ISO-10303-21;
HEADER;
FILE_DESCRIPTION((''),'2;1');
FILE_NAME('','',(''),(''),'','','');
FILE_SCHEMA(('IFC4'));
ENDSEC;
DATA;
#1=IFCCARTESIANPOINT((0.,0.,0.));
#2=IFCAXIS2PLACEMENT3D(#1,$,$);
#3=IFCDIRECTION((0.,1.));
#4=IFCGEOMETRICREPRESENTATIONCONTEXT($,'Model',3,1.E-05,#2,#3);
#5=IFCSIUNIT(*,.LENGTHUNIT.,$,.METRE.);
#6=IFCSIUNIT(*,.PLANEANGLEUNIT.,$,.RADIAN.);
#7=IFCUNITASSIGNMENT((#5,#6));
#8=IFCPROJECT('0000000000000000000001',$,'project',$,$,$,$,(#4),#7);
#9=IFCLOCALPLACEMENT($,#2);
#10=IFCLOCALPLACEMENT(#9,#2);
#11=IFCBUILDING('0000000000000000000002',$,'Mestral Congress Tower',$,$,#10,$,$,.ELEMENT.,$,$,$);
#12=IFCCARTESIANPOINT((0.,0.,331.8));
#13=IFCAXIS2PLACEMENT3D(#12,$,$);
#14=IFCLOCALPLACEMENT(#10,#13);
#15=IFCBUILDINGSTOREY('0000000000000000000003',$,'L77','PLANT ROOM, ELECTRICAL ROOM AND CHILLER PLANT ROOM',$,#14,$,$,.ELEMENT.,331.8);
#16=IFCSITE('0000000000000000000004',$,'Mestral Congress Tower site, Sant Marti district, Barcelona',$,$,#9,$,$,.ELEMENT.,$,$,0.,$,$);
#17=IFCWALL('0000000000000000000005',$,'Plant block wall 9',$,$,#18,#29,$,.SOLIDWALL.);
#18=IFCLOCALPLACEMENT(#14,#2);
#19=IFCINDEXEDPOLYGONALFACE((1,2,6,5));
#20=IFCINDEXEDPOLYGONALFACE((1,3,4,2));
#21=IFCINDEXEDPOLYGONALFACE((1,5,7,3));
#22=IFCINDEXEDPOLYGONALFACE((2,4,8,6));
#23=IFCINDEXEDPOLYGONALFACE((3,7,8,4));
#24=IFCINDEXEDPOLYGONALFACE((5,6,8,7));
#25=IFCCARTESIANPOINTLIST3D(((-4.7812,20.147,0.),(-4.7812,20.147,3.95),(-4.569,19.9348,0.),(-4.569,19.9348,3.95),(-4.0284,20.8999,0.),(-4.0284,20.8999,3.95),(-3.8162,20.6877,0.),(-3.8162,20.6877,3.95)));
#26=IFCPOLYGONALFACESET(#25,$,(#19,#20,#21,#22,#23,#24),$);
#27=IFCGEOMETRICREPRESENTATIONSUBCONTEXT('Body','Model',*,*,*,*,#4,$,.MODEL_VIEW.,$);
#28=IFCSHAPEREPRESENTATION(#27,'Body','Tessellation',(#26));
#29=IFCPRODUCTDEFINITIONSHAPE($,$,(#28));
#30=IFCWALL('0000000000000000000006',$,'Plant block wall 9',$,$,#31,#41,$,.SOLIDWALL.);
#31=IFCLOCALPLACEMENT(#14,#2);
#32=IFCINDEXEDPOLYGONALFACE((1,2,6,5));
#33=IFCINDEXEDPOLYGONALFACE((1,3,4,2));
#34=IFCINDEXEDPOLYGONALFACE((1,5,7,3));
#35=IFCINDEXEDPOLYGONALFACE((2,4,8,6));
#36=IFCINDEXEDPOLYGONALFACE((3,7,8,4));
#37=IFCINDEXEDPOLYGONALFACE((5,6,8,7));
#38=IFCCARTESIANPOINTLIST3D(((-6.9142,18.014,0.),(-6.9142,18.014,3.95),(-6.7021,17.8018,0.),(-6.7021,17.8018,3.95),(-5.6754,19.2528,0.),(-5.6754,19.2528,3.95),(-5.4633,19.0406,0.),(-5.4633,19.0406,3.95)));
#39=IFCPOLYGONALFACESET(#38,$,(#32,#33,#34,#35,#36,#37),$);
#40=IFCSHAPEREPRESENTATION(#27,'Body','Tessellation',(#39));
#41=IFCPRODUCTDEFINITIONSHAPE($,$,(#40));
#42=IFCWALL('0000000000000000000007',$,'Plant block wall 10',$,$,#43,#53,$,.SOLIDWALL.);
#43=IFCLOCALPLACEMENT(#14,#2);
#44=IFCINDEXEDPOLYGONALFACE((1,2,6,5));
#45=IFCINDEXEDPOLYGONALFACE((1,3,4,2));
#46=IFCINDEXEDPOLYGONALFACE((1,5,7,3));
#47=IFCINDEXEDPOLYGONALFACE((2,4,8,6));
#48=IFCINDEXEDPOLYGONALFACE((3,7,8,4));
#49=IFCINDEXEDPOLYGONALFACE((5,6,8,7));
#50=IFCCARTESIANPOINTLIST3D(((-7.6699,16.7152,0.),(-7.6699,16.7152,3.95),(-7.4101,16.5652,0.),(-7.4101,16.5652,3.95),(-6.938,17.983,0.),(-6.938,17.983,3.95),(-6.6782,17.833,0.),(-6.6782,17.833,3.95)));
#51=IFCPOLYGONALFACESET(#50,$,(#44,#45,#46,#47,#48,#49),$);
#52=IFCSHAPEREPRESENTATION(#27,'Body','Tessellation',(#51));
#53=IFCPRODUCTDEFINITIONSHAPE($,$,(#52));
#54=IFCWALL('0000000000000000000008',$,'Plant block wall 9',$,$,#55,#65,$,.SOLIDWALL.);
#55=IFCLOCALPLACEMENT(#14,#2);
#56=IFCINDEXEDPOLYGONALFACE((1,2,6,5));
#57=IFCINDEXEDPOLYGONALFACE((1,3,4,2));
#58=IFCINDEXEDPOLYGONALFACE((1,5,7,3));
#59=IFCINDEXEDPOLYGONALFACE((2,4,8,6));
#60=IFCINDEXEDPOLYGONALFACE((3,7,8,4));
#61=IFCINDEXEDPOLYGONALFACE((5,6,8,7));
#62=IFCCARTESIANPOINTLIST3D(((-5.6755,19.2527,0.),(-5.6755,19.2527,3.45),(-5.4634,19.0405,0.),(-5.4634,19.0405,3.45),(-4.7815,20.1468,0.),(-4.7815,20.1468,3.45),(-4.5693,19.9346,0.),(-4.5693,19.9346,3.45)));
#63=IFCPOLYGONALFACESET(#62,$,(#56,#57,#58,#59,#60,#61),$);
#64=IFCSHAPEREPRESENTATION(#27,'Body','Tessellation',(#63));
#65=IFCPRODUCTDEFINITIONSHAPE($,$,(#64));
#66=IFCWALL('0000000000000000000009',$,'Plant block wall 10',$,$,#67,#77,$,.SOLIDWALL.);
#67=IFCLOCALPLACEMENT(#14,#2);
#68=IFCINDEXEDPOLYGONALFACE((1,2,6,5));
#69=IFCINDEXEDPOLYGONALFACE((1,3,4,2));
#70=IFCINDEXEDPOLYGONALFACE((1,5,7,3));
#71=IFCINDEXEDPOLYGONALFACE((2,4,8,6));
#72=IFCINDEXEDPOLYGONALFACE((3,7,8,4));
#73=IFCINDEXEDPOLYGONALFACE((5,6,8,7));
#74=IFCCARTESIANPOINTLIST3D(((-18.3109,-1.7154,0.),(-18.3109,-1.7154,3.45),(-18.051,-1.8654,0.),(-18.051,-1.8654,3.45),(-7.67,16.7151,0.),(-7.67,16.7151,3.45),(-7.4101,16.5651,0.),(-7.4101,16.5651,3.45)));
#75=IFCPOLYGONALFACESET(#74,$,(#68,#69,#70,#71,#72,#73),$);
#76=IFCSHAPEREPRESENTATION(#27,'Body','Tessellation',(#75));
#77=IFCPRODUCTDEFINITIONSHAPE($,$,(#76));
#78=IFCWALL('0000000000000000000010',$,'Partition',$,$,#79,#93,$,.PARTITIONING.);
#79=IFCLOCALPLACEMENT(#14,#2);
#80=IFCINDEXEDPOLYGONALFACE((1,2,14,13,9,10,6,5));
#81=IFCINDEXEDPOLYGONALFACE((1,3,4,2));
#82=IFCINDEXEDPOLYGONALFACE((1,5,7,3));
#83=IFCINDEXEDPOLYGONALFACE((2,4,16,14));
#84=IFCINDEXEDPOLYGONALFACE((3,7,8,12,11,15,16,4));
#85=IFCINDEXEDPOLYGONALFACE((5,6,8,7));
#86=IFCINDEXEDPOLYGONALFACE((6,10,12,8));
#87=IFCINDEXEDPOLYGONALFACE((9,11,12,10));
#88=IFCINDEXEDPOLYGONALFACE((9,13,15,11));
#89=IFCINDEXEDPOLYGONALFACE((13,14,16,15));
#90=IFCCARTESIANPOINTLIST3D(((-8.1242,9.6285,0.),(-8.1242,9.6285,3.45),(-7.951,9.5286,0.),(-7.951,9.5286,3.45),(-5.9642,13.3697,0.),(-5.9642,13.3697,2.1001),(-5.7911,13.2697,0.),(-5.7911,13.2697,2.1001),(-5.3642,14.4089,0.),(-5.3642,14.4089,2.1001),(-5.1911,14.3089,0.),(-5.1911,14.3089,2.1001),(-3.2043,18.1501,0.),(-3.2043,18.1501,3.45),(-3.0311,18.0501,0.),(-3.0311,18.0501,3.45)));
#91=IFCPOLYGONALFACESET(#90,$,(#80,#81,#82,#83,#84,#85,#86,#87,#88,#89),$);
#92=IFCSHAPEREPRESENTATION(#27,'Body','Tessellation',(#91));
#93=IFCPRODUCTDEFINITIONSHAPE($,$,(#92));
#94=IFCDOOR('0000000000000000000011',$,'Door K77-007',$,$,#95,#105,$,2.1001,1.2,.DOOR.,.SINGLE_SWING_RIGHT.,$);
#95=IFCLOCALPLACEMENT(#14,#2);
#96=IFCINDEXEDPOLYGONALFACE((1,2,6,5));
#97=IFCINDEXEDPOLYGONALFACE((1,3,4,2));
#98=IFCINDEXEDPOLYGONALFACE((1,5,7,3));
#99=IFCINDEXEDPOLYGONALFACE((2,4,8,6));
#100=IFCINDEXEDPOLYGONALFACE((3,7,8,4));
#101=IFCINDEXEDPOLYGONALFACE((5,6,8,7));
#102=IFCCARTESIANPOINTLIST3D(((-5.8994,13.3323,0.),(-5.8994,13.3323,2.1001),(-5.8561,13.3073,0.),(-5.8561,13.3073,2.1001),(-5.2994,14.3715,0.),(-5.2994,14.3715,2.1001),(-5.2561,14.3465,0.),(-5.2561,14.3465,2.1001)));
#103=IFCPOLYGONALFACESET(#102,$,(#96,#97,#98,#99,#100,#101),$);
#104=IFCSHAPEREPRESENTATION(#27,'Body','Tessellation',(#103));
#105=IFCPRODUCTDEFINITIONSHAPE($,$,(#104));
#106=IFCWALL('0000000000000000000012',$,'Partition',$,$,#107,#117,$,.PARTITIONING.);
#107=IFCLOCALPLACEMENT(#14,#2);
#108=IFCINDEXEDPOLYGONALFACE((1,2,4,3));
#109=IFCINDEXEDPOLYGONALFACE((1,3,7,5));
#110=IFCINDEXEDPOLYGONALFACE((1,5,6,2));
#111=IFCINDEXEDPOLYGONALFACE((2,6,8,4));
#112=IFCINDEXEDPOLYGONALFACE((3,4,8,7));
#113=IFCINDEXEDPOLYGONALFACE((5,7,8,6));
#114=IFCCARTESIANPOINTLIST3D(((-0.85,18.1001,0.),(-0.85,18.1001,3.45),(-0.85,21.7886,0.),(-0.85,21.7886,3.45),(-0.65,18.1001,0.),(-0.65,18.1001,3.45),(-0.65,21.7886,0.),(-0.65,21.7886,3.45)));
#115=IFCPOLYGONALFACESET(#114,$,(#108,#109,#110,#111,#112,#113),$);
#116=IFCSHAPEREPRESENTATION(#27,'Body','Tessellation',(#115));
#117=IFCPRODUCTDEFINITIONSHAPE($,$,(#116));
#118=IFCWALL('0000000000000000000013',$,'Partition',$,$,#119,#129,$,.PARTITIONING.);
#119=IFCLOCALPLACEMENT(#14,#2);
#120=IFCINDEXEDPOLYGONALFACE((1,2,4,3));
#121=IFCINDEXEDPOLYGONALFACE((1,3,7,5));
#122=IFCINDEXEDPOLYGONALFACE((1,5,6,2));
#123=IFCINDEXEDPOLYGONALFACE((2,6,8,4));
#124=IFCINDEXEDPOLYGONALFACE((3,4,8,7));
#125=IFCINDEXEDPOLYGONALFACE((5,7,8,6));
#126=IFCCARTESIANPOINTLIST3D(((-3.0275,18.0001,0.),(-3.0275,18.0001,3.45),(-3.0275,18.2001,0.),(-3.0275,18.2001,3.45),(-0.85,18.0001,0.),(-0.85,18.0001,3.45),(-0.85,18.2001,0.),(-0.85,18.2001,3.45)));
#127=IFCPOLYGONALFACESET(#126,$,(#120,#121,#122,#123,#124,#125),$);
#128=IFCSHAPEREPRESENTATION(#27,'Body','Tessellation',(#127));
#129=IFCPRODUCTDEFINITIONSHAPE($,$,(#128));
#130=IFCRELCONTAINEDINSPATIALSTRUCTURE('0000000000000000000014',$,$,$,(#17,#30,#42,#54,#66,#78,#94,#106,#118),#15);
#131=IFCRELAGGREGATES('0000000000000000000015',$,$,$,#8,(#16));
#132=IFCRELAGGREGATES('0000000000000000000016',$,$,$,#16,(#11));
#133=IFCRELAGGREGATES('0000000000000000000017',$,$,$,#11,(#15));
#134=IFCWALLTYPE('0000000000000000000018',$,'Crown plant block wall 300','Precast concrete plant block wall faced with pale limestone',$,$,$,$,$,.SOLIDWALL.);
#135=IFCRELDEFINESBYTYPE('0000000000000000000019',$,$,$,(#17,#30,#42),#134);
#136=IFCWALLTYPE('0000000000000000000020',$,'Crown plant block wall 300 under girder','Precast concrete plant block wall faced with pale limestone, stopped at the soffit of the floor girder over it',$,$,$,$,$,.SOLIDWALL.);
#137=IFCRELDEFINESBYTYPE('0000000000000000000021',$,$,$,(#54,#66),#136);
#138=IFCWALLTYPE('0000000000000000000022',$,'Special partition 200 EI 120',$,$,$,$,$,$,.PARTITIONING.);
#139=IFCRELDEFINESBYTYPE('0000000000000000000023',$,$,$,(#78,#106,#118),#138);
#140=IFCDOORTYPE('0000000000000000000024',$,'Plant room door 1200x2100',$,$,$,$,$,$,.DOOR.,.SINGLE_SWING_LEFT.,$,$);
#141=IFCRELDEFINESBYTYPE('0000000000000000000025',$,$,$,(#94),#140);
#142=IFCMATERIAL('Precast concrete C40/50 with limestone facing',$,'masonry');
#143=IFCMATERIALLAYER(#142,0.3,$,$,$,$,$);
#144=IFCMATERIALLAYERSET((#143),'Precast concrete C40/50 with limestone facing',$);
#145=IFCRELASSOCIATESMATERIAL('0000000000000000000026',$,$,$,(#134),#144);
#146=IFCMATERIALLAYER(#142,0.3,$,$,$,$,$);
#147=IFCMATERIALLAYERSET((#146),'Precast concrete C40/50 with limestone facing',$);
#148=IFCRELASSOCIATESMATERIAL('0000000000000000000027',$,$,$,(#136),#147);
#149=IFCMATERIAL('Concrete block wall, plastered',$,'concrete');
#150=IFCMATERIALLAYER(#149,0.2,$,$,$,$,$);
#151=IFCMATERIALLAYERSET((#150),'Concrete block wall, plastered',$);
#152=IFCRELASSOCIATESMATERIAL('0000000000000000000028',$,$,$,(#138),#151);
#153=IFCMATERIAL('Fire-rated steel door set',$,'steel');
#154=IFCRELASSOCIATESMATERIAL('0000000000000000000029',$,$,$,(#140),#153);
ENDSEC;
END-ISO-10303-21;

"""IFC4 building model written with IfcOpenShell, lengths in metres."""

from ifc_helpers import new_model, si_unit, direction, frame, frame_2d, origin, place, context, subcontext, project, spatial, rectangle, extrude, material, layer, layer_set, type_object, element, fill, save


model = new_model("IFC4")

# Units and contexts
model_context = context("Model", 3, precision=1e-05, world=origin(), true_north=direction((0.0, 1.0)))
body_context = subcontext(model_context, "Body", "Model", "MODEL_VIEW")
ifc_project = project(units=[si_unit("LENGTHUNIT", "METRE"), si_unit("PLANEANGLEUNIT", "RADIAN")], contexts=[model_context])

# Site, building, storey
site_placement = place(None, origin())
site = spatial("IfcSite", under=ifc_project, at=site_placement, Name="Mestral Congress Tower site, Sant Marti district, Barcelona", CompositionType="ELEMENT", RefElevation=0.0)
building_placement = place(site_placement, origin())
building = spatial("IfcBuilding", under=site, at=building_placement, Name="Mestral Congress Tower", CompositionType="ELEMENT")
storey_placement = place(building_placement, frame((0.0, 0.0, 331.8)))
storey = spatial("IfcBuildingStorey", under=building, at=storey_placement, Name="L77", Description="PLANT ROOM, ELECTRICAL ROOM AND CHILLER PLANT ROOM", CompositionType="ELEMENT", Elevation=331.8)

# Walls
ifc_material_1 = material(Name="Precast concrete C40/50 with limestone facing", Category="masonry")
ifc_layer_1 = layer(ifc_material_1, 0.3)
ifc_layer_set_1 = layer_set([ifc_layer_1], Name="Precast concrete C40/50 with limestone facing")
wall_type_1 = type_object("IfcWallType", Name="Crown plant block wall 300", Description="Precast concrete plant block wall faced with pale limestone", PredefinedType="SOLIDWALL", material=ifc_layer_set_1)
wall_1_placement = place(storey_placement, frame((-3.9224, 20.7937, 0.0), z_axis=(0.0, 0.0, 1.0), x_axis=(-0.707107, -0.707107, 0.0)))
element("IfcWall", 1, at=wall_1_placement, inside=storey, type_object=wall_type_1, Name="Plant block wall 9", PredefinedType="SOLIDWALL", context=body_context, shape_type="SweptSolid", body=[
    extrude(rectangle(XDim=1.0647, YDim=0.3, at=frame_2d((0.5322, 0.0))), origin(), (0.0, 0.0, 1.0), 3.95),
])
wall_2_placement = place(storey_placement, frame((-5.5693, 19.1467, 0.0), z_axis=(0.0, 0.0, 1.0), x_axis=(-0.707107, -0.707107, 0.0)))
element("IfcWall", 2, at=wall_2_placement, inside=storey, type_object=wall_type_1, Name="Plant block wall 9", PredefinedType="SOLIDWALL", context=body_context, shape_type="SweptSolid", body=[
    extrude(rectangle(XDim=1.752, YDim=0.3, at=frame_2d((0.876, 0.0))), origin(), (0.0, 0.0, 1.0), 3.95),
])
wall_3_placement = place(storey_placement, frame((-6.8081, 17.908, 0.0), z_axis=(0.0, 0.0, 1.0), x_axis=(-0.499977, -0.866038, 0.0)))
element("IfcWall", 3, at=wall_3_placement, inside=storey, type_object=wall_type_1, Name="Plant block wall 10", PredefinedType="SOLIDWALL", context=body_context, shape_type="SweptSolid", body=[
    extrude(rectangle(XDim=1.4639, YDim=0.3, at=frame_2d((0.7319, 0.0))), origin(), (0.0, 0.0, 1.0), 3.95),
])
ifc_layer_2 = layer(ifc_material_1, 0.3)
ifc_layer_set_2 = layer_set([ifc_layer_2], Name="Precast concrete C40/50 with limestone facing")
wall_type_2 = type_object("IfcWallType", Name="Crown plant block wall 300 under girder", Description="Precast concrete plant block wall faced with pale limestone, stopped at the soffit of the floor girder over it", PredefinedType="SOLIDWALL", material=ifc_layer_set_2)
wall_4_placement = place(storey_placement, frame((-4.6753, 20.0408, 0.0), z_axis=(0.0, 0.0, 1.0), x_axis=(-0.707107, -0.707107, 0.0)))
element("IfcWall", 4, at=wall_4_placement, inside=storey, type_object=wall_type_2, Name="Plant block wall 9", PredefinedType="SOLIDWALL", context=body_context, shape_type="SweptSolid", body=[
    extrude(rectangle(XDim=1.2644, YDim=0.3, at=frame_2d((0.6323, 0.0))), origin(), (0.0, 0.0, 1.0), 3.45),
])
wall_5_placement = place(storey_placement, frame((-7.54, 16.6401, 0.0), z_axis=(0.0, 0.0, 1.0), x_axis=(-0.500002, -0.866024, 0.0)))
element("IfcWall", 5, at=wall_5_placement, inside=storey, type_object=wall_type_2, Name="Plant block wall 10", PredefinedType="SOLIDWALL", context=body_context, shape_type="SweptSolid", body=[
    extrude(rectangle(XDim=21.2817, YDim=0.3, at=frame_2d((10.6409, 0.0))), origin(), (0.0, 0.0, 1.0), 3.45),
])

# Wall, opening, door
ifc_material_2 = material(Name="Concrete block wall, plastered", Category="concrete")
ifc_layer_3 = layer(ifc_material_2, 0.2)
ifc_layer_set_3 = layer_set([ifc_layer_3], Name="Concrete block wall, plastered")
wall_type_3 = type_object("IfcWallType", Name="Special partition 200 EI 120", PredefinedType="PARTITIONING", material=ifc_layer_set_3)
wall_6_placement = place(storey_placement, frame((-3.1177, 18.1001, 0.0), z_axis=(0.0, 0.0, 1.0), x_axis=(-0.500003, -0.866024, 0.0)))
wall_6 = element("IfcWall", 6, at=wall_6_placement, inside=storey, type_object=wall_type_3, Name="Partition", PredefinedType="PARTITIONING", context=body_context, shape_type="SweptSolid", body=[
    extrude(rectangle(XDim=9.8398, YDim=0.2, at=frame_2d((4.9199, 0.0))), origin(), (0.0, 0.0, 1.0), 3.45),
])
opening_placement = place(wall_6_placement, frame((4.3198, 0.0, 0.0)))
opening = element("IfcOpeningElement", 7, at=opening_placement, cuts=wall_6, PredefinedType="OPENING", context=body_context, shape_type="SweptSolid", body=[
    extrude(rectangle(XDim=1.2, YDim=2.1001, at=frame_2d((0.6001, 1.05))), frame((0.0, 0.1099, 0.0), z_axis=(0.0, -1.0, 0.0), x_axis=(1.0, 0.0, 0.0)), (0.0, 0.0, 1.0), 0.22),
])
ifc_material_3 = material(Name="Fire-rated steel door set", Category="steel")
door_type = type_object("IfcDoorType", Name="Plant room door 1200x2100", OperationType="SINGLE_SWING_LEFT", PredefinedType="DOOR", material=ifc_material_3)
door_placement = place(opening_placement, origin())
door = element("IfcDoor", 8, at=door_placement, inside=storey, type_object=door_type, Name="Door K77-007", OperationType="SINGLE_SWING_RIGHT", OverallHeight=2.1001, OverallWidth=1.2, PredefinedType="DOOR", context=body_context, shape_type="SweptSolid", body=[
    extrude(rectangle(XDim=1.2, YDim=2.1001, at=frame_2d((0.6001, 1.05))), frame((0.0, 0.0249, 0.0), z_axis=(0.0, -1.0, 0.0), x_axis=(1.0, 0.0, 0.0)), (0.0, 0.0, 1.0), 0.05),
])
fill(opening, door)

# Walls
wall_7_placement = place(storey_placement, frame((-0.75, 18.1001, 0.0), z_axis=(0.0, 0.0, 1.0), x_axis=(0.0, 1.0, 0.0)))
element("IfcWall", 9, at=wall_7_placement, inside=storey, type_object=wall_type_3, Name="Partition", PredefinedType="PARTITIONING", context=body_context, shape_type="SweptSolid", body=[
    extrude(rectangle(XDim=3.6885, YDim=0.2, at=frame_2d((1.8442, 0.0))), origin(), (0.0, 0.0, 1.0), 3.45),
])
wall_8_placement = place(storey_placement, frame((-3.0276, 18.1001, 0.0), z_axis=(0.0, 0.0, 1.0), x_axis=(1.0, 0.0, 0.0)))
element("IfcWall", 10, at=wall_8_placement, inside=storey, type_object=wall_type_3, Name="Partition", PredefinedType="PARTITIONING", context=body_context, shape_type="SweptSolid", body=[
    extrude(rectangle(XDim=2.1775, YDim=0.2, at=frame_2d((1.0889, 0.0))), origin(), (0.0, 0.0, 1.0), 3.45),
])

save(model, "model.ifc")
